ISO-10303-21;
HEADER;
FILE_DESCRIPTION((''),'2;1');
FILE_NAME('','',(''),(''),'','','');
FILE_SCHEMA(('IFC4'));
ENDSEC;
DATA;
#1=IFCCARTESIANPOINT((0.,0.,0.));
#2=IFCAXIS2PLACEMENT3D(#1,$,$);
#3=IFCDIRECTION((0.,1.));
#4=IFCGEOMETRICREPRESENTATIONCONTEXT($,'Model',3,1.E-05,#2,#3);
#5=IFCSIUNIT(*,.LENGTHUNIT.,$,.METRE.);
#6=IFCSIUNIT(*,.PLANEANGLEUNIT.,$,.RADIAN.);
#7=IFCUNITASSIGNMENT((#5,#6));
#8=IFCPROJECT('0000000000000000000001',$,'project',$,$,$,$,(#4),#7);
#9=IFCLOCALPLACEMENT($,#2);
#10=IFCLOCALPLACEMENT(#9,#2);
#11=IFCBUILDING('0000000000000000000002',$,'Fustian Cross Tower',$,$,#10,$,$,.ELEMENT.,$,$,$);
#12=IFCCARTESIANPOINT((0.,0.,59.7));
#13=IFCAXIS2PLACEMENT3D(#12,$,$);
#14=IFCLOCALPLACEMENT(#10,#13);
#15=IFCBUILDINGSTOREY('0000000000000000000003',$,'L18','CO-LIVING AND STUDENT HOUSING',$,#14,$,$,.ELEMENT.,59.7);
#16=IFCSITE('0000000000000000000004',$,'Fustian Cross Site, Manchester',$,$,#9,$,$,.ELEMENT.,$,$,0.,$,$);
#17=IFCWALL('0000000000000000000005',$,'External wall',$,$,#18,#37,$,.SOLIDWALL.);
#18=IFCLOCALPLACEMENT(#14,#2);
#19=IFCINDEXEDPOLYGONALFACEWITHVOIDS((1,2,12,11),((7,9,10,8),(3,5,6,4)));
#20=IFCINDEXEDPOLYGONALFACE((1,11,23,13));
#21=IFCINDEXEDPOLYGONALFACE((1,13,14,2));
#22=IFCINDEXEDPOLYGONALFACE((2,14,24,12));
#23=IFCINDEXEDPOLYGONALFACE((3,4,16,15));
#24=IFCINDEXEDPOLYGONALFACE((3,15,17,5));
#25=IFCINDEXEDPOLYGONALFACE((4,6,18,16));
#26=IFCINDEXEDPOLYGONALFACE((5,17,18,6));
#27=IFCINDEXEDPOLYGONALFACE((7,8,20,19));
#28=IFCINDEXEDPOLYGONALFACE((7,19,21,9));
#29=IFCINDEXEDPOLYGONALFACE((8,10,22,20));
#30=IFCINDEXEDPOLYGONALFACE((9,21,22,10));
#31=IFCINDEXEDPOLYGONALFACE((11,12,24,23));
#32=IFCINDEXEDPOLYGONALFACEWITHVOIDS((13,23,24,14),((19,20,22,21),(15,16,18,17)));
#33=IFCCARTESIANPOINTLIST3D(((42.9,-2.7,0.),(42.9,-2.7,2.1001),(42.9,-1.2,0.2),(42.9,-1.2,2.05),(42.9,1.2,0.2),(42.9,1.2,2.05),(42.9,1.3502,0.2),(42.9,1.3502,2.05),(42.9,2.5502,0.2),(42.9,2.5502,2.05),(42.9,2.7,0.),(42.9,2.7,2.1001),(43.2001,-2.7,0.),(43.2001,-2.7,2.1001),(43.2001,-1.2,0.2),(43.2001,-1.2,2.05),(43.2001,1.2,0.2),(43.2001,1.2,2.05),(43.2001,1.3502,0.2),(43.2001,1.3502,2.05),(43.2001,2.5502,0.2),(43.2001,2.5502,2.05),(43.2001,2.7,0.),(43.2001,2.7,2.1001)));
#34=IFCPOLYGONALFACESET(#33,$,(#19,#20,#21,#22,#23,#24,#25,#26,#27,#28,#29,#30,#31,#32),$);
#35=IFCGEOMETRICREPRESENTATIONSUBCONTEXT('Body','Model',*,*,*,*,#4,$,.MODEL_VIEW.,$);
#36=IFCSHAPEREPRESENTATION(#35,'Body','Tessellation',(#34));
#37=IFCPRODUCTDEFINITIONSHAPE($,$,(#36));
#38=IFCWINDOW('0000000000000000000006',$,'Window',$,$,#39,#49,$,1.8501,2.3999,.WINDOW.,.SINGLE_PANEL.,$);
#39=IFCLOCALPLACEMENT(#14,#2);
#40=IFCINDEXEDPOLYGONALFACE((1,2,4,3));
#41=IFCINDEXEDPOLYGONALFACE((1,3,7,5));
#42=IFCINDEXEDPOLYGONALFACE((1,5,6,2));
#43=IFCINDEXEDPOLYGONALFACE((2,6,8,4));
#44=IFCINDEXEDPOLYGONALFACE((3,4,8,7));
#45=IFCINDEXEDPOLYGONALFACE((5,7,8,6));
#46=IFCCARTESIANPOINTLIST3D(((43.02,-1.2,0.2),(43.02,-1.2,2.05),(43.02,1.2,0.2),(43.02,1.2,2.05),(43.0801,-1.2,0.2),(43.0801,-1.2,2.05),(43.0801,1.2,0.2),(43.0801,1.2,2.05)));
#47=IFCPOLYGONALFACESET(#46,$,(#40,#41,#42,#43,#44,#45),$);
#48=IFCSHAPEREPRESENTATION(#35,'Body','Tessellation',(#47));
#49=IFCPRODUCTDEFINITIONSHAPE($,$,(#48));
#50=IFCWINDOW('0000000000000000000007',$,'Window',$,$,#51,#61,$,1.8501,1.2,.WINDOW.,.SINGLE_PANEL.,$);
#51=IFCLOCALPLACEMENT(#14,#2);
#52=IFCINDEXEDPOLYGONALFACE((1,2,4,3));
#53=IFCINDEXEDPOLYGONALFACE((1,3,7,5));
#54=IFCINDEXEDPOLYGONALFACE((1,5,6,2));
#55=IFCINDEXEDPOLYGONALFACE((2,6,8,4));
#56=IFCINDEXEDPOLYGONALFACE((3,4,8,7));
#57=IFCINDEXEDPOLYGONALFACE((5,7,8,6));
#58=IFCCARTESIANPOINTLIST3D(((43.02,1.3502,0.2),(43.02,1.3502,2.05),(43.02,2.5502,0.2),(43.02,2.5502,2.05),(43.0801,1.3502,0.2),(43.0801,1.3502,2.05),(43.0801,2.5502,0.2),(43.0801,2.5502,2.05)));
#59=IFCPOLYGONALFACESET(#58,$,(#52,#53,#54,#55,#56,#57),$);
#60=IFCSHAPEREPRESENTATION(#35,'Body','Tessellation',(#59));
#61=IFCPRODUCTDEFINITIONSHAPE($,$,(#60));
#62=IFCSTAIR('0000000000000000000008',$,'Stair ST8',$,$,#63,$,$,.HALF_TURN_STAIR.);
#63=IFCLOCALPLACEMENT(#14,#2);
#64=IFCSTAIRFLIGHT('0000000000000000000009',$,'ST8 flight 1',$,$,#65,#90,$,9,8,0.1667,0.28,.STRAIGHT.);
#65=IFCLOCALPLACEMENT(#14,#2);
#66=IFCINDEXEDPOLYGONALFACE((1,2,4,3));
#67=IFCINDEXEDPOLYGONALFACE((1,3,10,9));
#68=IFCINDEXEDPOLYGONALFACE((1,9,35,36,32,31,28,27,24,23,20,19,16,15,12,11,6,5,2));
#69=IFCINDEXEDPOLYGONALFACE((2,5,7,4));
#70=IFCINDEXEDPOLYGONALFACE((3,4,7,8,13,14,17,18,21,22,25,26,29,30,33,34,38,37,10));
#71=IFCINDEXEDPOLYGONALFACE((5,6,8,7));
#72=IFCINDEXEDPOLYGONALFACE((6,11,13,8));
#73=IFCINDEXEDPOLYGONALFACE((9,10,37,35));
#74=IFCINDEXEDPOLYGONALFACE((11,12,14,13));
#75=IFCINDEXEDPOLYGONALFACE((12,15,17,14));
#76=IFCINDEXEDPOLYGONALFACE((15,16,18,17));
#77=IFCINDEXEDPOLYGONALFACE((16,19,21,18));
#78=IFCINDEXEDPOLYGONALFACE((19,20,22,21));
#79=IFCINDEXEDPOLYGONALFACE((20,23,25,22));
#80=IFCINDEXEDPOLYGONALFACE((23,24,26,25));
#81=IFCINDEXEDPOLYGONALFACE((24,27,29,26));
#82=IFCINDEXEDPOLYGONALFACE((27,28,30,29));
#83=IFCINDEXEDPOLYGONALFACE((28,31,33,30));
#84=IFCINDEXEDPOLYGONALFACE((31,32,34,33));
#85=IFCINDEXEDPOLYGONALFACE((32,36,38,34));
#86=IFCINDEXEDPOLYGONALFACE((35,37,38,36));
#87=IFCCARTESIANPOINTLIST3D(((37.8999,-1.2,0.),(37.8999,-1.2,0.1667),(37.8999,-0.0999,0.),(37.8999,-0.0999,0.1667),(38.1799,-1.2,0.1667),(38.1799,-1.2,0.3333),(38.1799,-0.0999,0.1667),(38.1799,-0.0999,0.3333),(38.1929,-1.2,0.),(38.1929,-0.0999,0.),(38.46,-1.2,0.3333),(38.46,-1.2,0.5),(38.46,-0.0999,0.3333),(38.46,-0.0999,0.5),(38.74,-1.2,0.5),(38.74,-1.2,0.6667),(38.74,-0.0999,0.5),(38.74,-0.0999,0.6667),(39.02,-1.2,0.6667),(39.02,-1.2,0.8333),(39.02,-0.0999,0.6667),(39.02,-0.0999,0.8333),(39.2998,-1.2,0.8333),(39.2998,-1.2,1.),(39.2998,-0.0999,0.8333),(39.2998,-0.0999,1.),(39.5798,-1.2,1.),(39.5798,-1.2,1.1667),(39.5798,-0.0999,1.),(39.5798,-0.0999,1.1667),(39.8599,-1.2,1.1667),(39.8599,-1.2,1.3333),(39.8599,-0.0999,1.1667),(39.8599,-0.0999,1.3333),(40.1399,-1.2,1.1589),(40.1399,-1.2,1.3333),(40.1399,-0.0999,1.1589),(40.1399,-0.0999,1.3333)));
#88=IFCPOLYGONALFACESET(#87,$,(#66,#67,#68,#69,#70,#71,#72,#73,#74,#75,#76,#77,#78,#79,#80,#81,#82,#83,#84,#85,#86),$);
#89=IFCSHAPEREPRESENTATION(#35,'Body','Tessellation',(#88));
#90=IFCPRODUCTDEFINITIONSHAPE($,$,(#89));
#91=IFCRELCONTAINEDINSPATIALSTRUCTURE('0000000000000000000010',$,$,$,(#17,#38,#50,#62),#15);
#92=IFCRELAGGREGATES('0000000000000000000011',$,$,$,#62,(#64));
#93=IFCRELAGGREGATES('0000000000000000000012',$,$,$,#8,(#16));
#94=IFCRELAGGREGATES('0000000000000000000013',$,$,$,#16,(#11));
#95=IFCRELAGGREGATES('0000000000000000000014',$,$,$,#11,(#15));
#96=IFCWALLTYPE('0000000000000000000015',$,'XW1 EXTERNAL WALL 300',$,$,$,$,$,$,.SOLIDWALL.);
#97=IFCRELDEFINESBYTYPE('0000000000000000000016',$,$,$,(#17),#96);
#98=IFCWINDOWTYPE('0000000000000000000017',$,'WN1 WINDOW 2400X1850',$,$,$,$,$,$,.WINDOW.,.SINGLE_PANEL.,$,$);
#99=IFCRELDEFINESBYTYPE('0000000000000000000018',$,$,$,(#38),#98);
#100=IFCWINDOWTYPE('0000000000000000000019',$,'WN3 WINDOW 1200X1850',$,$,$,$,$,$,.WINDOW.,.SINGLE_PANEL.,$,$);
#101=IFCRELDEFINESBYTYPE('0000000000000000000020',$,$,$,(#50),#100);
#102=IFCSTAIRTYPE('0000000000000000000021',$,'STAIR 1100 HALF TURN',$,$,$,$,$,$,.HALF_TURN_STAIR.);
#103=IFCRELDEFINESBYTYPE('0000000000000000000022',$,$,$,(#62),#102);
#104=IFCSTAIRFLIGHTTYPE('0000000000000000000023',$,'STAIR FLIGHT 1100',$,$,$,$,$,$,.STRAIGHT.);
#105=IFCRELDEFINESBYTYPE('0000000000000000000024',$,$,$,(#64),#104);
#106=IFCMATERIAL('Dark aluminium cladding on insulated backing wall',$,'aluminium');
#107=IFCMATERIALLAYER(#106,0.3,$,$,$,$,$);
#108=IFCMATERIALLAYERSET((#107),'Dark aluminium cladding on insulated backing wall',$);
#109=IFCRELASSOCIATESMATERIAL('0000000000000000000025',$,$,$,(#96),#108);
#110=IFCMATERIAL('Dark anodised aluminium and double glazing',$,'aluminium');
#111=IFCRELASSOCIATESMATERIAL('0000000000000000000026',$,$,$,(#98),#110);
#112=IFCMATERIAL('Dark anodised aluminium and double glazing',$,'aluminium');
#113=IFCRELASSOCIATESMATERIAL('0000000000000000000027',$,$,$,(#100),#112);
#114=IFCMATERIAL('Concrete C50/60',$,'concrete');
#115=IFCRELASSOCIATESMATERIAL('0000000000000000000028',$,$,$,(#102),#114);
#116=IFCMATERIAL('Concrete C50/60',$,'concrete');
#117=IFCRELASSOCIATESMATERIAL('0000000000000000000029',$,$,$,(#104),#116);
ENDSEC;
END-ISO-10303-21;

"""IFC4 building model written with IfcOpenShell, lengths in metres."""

from ifc_helpers import new_model, si_unit, direction, frame, frame_2d, origin, place, context, subcontext, project, spatial, polyline, rectangle, outline, extrude, material, layer, layer_set, type_object, element, fill, aggregate, save


model = new_model("IFC4")

# Units and contexts
model_context = context("Model", 3, precision=1e-05, world=origin(), true_north=direction((0.0, 1.0)))
body_context = subcontext(model_context, "Body", "Model", "MODEL_VIEW")
ifc_project = project(units=[si_unit("LENGTHUNIT", "METRE"), si_unit("PLANEANGLEUNIT", "RADIAN")], contexts=[model_context])

# Site, building, storey
site_placement = place(None, origin())
site = spatial("IfcSite", under=ifc_project, at=site_placement, Name="Fustian Cross Site, Manchester", CompositionType="ELEMENT", RefElevation=0.0)
building_placement = place(site_placement, origin())
building = spatial("IfcBuilding", under=site, at=building_placement, Name="Fustian Cross Tower", CompositionType="ELEMENT")
storey_placement = place(building_placement, frame((0.0, 0.0, 59.7)))
storey = spatial("IfcBuildingStorey", under=building, at=storey_placement, Name="L18", Description="CO-LIVING AND STUDENT HOUSING", CompositionType="ELEMENT", Elevation=59.7)

# Shared definitions
ifc_material_1 = material(Name="Dark aluminium cladding on insulated backing wall", Category="aluminium")
ifc_layer_1 = layer(ifc_material_1, 0.3)
ifc_layer_set_1 = layer_set([ifc_layer_1], Name="Dark aluminium cladding on insulated backing wall")
wall_type_1 = type_object("IfcWallType", Name="XW1 EXTERNAL WALL 300", PredefinedType="SOLIDWALL", material=ifc_layer_set_1)

# Wall, openings, windows
wall_1_placement = place(storey_placement, frame((43.05, -2.7, 0.0), z_axis=(0.0, 0.0, 1.0), x_axis=(0.0, 1.0, 0.0)))
wall_1 = element("IfcWall", 1, at=wall_1_placement, inside=storey, type_object=wall_type_1, Name="External wall", PredefinedType="SOLIDWALL", context=body_context, shape_type="SweptSolid", body=[
    extrude(rectangle(XDim=5.3999, YDim=0.3, at=frame_2d((2.7, 0.0))), origin(), (0.0, 0.0, 1.0), 2.1001),
])
opening_1_placement = place(wall_1_placement, frame((1.5, 0.0, 0.2)))
opening_1 = element("IfcOpeningElement", 2, at=opening_1_placement, cuts=wall_1, PredefinedType="OPENING", context=body_context, shape_type="SweptSolid", body=[
    extrude(rectangle(XDim=2.3999, YDim=1.8501, at=frame_2d((1.2, 0.925))), frame((0.0, 0.1599, 0.0), z_axis=(0.0, -1.0, 0.0), x_axis=(1.0, 0.0, 0.0)), (0.0, 0.0, 1.0), 0.3201),
])
opening_2_placement = place(wall_1_placement, frame((4.05, 0.0, 0.2)))
opening_2 = element("IfcOpeningElement", 3, at=opening_2_placement, cuts=wall_1, PredefinedType="OPENING", context=body_context, shape_type="SweptSolid", body=[
    extrude(rectangle(XDim=1.2, YDim=1.8501, at=frame_2d((0.6001, 0.925))), frame((0.0, 0.1599, 0.0), z_axis=(0.0, -1.0, 0.0), x_axis=(1.0, 0.0, 0.0)), (0.0, 0.0, 1.0), 0.3201),
])
ifc_material_2 = material(Name="Dark anodised aluminium and double glazing", Category="aluminium")
window_type_1 = type_object("IfcWindowType", Name="WN1 WINDOW 2400X1850", PartitioningType="SINGLE_PANEL", PredefinedType="WINDOW", material=ifc_material_2)
window_1_placement = place(opening_1_placement, origin())
window_1 = element("IfcWindow", 4, at=window_1_placement, inside=storey, type_object=window_type_1, Name="Window", OverallHeight=1.8501, OverallWidth=2.3999, PartitioningType="SINGLE_PANEL", PredefinedType="WINDOW", context=body_context, shape_type="SweptSolid", body=[
    extrude(rectangle(XDim=2.3999, YDim=1.8501, at=frame_2d((1.2, 0.925))), frame((0.0, 0.03, 0.0), z_axis=(0.0, -1.0, 0.0), x_axis=(1.0, 0.0, 0.0)), (0.0, 0.0, 1.0), 0.0601),
])
fill(opening_1, window_1)
ifc_material_3 = material(Name="Dark anodised aluminium and double glazing", Category="aluminium")
window_type_2 = type_object("IfcWindowType", Name="WN3 WINDOW 1200X1850", PartitioningType="SINGLE_PANEL", PredefinedType="WINDOW", material=ifc_material_3)
window_2_placement = place(opening_2_placement, origin())
window_2 = element("IfcWindow", 5, at=window_2_placement, inside=storey, type_object=window_type_2, Name="Window", OverallHeight=1.8501, OverallWidth=1.2, PartitioningType="SINGLE_PANEL", PredefinedType="WINDOW", context=body_context, shape_type="SweptSolid", body=[
    extrude(rectangle(XDim=1.2, YDim=1.8501, at=frame_2d((0.6001, 0.925))), frame((0.0, 0.03, 0.0), z_axis=(0.0, -1.0, 0.0), x_axis=(1.0, 0.0, 0.0)), (0.0, 0.0, 1.0), 0.0601),
])
fill(opening_2, window_2)

# Stair, stair flight
ifc_material_4 = material(Name="Concrete C50/60", Category="concrete")
stair_type = type_object("IfcStairType", Name="STAIR 1100 HALF TURN", PredefinedType="HALF_TURN_STAIR", material=ifc_material_4)
stair_placement = place(storey_placement, origin())
stair = element("IfcStair", 6, at=stair_placement, inside=storey, type_object=stair_type, Name="Stair ST8", PredefinedType="HALF_TURN_STAIR")
ifc_material_5 = material(Name="Concrete C50/60", Category="concrete")
stair_flight_type = type_object("IfcStairFlightType", Name="STAIR FLIGHT 1100", PredefinedType="STRAIGHT", material=ifc_material_5)
stair_flight_placement = place(storey_placement, frame((37.8999, -0.6499, 0.0), z_axis=(0.0, 0.0, 1.0), x_axis=(1.0, 0.0, 0.0)))
stair_flight = element("IfcStairFlight", 7, at=stair_flight_placement, type_object=stair_flight_type, Name="ST8 flight 1", NumberOfRisers=9, NumberOfTreads=8, PredefinedType="STRAIGHT", RiserHeight=0.1667, TreadLength=0.28, context=body_context, shape_type="SweptSolid", body=[
    extrude(outline(polyline([(0.0, 0.0), (0.0, 0.1667), (0.28, 0.1667), (0.28, 0.3333), (0.5601, 0.3333), (0.5601, 0.5), (0.8401, 0.5), (0.8401, 0.6667), (1.1201, 0.6667), (1.1201, 0.8333), (1.3999, 0.8333), (1.3999, 1.0), (1.6799, 1.0), (1.6799, 1.1667), (1.96, 1.1667), (1.96, 1.3333), (2.24, 1.3333), (2.24, 1.5), (2.24, 1.1589), (0.293, 0.0), (0.0, 0.0)])), frame((0.0, 0.55, 0.0), z_axis=(0.0, -1.0, 0.0), x_axis=(1.0, 0.0, 0.0)), (0.0, 0.0, 1.0), 1.1001),
])
aggregate(stair, [stair_flight])

save(model, "model.ifc")
